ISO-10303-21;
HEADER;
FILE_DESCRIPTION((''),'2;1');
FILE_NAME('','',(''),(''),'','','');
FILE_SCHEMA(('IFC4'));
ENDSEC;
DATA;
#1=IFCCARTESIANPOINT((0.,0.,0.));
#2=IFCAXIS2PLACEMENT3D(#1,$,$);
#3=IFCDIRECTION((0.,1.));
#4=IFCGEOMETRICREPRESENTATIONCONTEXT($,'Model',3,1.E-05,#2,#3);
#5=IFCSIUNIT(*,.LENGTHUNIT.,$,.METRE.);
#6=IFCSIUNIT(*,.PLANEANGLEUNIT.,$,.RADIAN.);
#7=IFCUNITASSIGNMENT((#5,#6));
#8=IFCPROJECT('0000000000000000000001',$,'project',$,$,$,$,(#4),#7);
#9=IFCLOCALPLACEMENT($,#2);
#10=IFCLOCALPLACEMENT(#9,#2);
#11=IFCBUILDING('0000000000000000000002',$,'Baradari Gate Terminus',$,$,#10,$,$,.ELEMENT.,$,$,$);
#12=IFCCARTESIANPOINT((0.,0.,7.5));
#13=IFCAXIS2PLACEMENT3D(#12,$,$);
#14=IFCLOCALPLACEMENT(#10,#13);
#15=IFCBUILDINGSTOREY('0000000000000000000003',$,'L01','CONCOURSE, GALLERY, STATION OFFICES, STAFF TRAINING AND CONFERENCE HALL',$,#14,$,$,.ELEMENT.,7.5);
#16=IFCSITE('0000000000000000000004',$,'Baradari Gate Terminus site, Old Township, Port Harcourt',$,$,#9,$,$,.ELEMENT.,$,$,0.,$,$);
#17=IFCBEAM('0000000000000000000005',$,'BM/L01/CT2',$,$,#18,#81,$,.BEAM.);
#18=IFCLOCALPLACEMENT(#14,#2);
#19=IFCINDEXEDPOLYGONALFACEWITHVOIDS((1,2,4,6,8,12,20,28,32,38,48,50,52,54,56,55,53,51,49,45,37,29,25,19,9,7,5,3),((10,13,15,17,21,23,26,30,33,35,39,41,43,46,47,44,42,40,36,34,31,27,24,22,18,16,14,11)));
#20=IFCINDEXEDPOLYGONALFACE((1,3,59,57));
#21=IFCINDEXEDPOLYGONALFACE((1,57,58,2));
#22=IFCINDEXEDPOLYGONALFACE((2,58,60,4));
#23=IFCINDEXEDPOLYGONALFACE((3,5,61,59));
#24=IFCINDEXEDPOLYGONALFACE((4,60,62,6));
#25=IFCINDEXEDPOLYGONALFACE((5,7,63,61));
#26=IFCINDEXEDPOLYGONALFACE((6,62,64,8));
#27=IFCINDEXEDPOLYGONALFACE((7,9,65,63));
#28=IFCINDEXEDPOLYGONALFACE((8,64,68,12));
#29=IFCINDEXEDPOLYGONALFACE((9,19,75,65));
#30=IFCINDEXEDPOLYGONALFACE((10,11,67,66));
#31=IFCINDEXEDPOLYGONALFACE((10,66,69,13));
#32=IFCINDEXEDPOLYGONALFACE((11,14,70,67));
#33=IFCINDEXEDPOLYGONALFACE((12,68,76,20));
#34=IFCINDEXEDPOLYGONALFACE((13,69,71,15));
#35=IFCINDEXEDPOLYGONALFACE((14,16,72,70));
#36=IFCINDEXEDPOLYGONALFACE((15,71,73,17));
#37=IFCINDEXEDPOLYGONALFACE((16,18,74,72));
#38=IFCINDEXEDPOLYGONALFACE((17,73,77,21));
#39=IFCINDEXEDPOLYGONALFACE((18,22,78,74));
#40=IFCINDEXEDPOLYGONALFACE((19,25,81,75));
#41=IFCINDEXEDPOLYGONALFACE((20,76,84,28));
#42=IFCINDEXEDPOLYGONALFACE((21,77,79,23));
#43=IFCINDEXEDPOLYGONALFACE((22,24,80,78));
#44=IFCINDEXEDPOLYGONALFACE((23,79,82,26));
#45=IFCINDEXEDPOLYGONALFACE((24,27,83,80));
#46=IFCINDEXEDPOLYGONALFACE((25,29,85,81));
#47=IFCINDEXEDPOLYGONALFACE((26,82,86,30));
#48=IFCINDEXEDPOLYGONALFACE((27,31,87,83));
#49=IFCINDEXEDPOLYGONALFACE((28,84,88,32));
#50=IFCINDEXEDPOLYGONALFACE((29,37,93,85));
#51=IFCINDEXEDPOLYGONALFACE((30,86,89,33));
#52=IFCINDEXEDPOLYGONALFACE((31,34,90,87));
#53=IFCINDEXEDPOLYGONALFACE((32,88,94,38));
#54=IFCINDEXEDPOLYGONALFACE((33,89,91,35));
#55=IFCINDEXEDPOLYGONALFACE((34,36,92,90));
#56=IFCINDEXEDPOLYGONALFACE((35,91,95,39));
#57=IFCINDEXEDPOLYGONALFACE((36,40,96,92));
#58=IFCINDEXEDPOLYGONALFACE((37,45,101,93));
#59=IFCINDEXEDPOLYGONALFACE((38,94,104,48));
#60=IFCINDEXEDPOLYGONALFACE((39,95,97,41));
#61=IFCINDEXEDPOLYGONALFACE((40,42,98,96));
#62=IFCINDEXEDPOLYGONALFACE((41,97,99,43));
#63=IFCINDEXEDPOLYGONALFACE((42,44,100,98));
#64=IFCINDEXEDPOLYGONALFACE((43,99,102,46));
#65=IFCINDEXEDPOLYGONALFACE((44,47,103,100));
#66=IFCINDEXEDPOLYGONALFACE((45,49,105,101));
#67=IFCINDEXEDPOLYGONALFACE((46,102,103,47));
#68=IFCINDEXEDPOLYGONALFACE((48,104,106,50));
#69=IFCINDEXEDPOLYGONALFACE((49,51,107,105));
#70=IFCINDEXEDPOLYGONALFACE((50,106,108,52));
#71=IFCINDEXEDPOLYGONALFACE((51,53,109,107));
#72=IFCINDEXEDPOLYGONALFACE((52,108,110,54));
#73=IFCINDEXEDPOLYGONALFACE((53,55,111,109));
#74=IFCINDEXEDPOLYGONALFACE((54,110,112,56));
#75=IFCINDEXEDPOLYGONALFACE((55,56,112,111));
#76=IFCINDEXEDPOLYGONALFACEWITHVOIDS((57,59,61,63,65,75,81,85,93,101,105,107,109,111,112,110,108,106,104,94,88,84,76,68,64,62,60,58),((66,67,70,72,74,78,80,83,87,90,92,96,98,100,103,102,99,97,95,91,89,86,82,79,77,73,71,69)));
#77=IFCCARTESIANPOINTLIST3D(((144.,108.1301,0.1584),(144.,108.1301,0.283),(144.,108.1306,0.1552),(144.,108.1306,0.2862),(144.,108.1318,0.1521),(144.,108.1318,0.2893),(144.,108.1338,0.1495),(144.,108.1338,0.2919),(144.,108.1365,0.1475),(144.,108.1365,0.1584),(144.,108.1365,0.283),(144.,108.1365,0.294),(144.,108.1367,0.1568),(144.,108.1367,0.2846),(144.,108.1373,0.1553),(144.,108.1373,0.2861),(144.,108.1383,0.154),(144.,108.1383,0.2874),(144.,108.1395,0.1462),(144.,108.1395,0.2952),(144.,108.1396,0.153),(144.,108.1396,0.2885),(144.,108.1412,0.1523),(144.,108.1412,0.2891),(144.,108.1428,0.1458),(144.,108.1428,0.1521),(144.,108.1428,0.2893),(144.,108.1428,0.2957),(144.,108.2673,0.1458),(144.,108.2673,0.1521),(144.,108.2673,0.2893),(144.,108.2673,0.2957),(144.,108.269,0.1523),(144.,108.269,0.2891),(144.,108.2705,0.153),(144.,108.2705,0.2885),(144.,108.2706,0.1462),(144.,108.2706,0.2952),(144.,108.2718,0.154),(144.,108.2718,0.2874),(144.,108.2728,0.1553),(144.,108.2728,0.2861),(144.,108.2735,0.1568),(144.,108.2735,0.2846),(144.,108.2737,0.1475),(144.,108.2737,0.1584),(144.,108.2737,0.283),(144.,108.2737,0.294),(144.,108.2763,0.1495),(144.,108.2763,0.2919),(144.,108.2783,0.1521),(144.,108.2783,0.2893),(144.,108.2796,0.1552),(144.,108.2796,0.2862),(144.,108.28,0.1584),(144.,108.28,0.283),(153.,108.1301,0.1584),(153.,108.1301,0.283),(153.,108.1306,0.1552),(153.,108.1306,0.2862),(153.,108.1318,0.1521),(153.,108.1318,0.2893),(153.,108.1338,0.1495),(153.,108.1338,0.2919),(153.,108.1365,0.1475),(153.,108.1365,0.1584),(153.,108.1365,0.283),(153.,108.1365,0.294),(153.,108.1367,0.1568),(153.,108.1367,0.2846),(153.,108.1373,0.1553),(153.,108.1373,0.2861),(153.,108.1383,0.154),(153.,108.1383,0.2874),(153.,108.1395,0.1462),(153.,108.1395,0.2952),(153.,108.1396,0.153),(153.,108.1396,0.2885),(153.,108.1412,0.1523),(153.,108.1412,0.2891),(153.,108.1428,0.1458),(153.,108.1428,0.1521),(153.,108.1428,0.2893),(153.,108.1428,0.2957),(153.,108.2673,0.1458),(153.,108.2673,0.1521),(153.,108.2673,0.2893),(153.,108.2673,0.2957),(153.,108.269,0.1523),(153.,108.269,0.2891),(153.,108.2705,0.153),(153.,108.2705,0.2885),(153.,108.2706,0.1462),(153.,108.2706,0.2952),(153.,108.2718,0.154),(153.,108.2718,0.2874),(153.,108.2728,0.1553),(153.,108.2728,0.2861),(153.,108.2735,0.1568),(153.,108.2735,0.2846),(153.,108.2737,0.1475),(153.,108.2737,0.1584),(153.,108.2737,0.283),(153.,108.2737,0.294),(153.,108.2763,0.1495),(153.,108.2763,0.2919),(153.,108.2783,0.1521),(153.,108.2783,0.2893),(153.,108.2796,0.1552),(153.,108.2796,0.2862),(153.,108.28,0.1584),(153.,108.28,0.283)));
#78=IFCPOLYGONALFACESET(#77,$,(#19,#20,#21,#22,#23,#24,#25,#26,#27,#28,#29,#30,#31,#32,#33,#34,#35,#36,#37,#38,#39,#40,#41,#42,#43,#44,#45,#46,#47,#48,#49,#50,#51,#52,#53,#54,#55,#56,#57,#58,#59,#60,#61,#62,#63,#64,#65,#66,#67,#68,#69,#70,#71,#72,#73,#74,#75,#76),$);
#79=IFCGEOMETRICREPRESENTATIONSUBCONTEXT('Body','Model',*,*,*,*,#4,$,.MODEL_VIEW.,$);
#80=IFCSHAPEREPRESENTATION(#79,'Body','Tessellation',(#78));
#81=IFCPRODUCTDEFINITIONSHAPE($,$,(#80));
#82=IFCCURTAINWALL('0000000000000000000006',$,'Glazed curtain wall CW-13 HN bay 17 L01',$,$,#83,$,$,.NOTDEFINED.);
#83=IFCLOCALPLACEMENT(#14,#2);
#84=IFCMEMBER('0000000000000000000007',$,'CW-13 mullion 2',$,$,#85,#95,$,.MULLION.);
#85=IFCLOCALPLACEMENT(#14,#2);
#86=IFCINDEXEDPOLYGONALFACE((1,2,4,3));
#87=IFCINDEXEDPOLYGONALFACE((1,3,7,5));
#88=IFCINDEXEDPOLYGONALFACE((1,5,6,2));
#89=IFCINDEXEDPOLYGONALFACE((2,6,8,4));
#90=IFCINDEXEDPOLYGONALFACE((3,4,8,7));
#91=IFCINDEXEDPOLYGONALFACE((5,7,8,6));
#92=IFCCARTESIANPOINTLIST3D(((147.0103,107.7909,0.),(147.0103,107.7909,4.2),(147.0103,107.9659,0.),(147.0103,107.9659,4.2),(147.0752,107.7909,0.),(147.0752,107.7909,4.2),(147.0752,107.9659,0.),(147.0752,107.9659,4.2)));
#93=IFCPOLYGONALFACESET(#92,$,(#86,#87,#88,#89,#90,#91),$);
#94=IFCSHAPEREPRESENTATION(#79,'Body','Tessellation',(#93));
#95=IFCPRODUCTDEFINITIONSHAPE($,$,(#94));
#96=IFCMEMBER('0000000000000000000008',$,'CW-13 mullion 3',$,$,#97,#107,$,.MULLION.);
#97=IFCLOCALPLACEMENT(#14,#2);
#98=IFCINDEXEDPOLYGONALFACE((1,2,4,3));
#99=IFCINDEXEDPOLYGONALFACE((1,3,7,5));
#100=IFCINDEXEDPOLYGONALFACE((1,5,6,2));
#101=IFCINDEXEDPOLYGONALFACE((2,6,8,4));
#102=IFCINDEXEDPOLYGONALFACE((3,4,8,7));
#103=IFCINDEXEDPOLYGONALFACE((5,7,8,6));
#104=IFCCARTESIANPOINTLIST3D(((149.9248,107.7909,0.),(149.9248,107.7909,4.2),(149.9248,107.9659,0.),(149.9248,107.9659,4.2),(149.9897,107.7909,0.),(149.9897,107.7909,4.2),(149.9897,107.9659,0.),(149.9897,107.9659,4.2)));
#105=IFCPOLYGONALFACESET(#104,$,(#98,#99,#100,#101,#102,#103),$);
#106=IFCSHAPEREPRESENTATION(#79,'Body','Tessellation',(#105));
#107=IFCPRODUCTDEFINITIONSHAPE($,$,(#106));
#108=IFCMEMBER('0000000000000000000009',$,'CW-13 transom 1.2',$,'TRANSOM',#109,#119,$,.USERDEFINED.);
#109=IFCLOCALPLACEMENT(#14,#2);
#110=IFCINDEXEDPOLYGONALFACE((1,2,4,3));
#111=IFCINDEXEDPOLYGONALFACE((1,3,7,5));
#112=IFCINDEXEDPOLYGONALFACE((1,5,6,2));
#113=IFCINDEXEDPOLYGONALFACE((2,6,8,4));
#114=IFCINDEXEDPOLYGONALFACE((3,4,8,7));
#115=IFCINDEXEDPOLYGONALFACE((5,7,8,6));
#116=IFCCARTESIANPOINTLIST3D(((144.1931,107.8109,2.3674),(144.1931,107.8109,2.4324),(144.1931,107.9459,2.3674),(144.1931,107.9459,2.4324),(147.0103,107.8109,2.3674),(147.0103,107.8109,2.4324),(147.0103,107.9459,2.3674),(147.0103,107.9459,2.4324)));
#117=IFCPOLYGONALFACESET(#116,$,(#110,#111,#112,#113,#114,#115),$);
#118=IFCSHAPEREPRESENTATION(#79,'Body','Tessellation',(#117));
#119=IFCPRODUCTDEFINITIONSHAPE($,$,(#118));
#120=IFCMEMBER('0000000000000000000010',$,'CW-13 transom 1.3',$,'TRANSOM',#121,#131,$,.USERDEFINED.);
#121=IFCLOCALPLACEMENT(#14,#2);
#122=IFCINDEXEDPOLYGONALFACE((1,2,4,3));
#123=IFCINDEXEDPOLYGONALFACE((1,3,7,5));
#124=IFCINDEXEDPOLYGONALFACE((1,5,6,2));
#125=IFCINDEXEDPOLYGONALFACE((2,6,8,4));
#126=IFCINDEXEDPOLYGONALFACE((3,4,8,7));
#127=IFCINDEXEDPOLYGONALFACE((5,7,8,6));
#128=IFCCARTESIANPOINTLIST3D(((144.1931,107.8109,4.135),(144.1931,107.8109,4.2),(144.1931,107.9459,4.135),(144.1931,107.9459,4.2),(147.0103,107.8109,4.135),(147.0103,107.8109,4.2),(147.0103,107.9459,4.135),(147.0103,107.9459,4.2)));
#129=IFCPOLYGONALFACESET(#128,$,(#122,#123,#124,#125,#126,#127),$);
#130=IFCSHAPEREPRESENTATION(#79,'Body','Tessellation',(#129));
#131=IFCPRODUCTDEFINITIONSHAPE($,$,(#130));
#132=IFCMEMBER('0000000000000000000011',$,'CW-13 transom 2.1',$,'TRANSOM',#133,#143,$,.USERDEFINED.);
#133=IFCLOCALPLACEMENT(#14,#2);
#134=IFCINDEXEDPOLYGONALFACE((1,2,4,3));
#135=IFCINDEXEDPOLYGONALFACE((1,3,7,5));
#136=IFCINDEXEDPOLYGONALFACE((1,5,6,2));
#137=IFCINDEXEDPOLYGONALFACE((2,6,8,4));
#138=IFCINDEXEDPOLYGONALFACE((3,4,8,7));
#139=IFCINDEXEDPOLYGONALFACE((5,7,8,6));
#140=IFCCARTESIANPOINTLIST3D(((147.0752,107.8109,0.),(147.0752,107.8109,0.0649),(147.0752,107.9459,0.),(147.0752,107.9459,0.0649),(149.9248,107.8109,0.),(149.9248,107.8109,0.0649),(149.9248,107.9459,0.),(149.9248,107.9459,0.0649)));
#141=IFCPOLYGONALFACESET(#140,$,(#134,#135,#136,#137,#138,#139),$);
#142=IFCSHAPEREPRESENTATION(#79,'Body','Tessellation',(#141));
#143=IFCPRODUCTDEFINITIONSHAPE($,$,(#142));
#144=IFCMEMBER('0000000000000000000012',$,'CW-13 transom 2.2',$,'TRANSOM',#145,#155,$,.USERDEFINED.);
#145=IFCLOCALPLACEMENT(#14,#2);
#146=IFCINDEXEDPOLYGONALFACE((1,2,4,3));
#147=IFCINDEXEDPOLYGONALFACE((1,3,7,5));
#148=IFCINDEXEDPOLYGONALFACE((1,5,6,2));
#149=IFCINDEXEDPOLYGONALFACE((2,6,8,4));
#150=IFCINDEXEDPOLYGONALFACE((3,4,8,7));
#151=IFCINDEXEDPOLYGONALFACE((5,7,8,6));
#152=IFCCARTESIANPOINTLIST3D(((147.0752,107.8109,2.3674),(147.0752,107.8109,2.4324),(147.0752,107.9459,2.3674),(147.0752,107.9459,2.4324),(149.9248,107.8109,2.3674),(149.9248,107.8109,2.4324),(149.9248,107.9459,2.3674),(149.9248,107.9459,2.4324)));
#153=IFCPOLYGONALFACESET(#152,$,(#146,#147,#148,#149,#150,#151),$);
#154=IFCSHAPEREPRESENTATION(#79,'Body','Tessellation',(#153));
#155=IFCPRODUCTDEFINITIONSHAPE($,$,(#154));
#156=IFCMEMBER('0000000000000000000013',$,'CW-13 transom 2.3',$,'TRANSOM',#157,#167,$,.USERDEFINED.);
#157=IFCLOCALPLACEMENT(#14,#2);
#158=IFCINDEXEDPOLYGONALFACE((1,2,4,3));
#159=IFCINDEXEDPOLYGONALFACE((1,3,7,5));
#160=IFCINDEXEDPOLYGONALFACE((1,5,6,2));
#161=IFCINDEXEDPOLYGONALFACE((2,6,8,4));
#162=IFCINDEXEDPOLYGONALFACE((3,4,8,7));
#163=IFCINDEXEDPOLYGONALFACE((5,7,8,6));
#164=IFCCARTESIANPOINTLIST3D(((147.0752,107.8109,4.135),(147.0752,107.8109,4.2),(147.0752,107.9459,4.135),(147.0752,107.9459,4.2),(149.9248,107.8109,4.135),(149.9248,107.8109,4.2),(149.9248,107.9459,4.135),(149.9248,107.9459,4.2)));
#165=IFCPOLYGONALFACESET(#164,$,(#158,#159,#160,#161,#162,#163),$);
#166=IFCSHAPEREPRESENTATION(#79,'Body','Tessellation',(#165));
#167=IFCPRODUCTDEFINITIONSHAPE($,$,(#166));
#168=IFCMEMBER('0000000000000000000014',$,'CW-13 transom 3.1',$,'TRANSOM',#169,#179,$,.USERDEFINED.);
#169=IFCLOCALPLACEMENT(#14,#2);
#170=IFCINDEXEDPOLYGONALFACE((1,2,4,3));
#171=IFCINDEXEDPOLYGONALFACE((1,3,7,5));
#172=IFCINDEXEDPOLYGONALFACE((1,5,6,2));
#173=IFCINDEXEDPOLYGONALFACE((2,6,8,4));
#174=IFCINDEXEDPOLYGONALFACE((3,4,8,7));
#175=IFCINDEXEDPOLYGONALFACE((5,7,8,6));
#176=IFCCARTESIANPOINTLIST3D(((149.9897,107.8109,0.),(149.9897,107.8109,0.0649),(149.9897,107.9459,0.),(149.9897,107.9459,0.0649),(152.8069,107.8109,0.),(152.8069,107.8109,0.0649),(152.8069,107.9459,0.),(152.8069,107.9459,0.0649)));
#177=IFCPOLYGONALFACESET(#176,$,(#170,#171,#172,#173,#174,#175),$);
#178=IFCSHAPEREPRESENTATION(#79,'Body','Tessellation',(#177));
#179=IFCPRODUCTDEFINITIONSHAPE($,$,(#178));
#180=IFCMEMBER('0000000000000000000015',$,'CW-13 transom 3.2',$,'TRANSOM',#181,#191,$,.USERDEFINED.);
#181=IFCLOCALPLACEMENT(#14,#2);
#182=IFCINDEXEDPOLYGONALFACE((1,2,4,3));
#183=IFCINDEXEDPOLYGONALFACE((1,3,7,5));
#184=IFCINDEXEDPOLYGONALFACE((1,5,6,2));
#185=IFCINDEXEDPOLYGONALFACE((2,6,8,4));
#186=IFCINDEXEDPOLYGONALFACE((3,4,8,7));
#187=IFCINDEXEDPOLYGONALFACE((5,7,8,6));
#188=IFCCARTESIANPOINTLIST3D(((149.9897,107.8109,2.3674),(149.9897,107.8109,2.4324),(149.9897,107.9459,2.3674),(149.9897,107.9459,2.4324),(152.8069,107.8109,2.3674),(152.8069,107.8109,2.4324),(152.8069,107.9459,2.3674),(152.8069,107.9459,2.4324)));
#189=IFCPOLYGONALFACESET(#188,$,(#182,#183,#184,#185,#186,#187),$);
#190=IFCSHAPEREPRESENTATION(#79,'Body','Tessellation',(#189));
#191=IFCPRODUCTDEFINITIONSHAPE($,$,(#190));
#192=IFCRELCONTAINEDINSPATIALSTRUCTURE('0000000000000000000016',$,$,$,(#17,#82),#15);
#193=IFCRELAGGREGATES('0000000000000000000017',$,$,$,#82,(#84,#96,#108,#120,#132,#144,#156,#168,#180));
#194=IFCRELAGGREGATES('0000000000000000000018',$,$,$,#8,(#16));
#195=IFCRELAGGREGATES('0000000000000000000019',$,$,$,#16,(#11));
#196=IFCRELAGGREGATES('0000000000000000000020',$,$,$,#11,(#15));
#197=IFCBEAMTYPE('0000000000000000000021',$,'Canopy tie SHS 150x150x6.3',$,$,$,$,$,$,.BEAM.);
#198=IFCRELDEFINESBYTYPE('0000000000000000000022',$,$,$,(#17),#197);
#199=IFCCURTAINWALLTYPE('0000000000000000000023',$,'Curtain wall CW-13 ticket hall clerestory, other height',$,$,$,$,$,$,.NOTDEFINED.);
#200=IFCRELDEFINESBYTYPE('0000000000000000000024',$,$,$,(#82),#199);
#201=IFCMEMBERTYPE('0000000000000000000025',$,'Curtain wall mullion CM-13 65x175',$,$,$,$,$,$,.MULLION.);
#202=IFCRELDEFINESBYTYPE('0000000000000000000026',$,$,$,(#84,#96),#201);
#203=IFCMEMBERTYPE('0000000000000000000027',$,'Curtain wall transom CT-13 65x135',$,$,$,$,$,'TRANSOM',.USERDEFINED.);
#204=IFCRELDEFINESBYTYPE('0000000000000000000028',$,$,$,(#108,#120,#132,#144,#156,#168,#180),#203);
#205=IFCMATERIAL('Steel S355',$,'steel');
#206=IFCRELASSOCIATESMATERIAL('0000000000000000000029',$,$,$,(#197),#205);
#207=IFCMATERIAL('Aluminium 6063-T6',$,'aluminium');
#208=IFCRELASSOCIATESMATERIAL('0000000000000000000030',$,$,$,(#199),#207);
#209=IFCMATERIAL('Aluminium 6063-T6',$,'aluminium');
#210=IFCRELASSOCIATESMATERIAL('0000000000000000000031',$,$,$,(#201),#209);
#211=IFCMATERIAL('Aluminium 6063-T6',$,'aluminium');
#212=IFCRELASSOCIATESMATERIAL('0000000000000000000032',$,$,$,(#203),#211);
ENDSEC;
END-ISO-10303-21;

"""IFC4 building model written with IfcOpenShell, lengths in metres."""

from ifc_helpers import new_model, si_unit, direction, frame, origin, origin_2d, place, context, subcontext, project, spatial, rectangle, hollow_rectangle, extrude, material, material_profile, profile_set, type_object, element, aggregate, save


model = new_model("IFC4")

# Units and contexts
model_context = context("Model", 3, precision=1e-05, world=origin(), true_north=direction((0.0, 1.0)))
body_context = subcontext(model_context, "Body", "Model", "MODEL_VIEW")
ifc_project = project(units=[si_unit("LENGTHUNIT", "METRE"), si_unit("PLANEANGLEUNIT", "RADIAN")], contexts=[model_context])

# Site, building, storey
site_placement = place(None, origin())
site = spatial("IfcSite", under=ifc_project, at=site_placement, Name="Baradari Gate Terminus site, Old Township, Port Harcourt", CompositionType="ELEMENT", RefElevation=0.0)
building_placement = place(site_placement, origin())
building = spatial("IfcBuilding", under=site, at=building_placement, Name="Baradari Gate Terminus", CompositionType="ELEMENT")
storey_placement = place(building_placement, frame((0.0, 0.0, 7.5)))
storey = spatial("IfcBuildingStorey", under=building, at=storey_placement, Name="L01", Description="CONCOURSE, GALLERY, STATION OFFICES, STAFF TRAINING AND CONFERENCE HALL", CompositionType="ELEMENT", Elevation=7.5)

# Beam
ifc_material_1 = material(Name="Steel S355", Category="steel")
ifc_material_profile_1 = material_profile(ifc_material_1, hollow_rectangle(XDim=0.1499, YDim=0.1499, WallThickness=0.0063, InnerFilletRadius=0.0063, OuterFilletRadius=0.0127, at=origin_2d()), Name="SHS 150x150x6.3")
ifc_profile_set_1 = profile_set([ifc_material_profile_1], Name="Steel S355")
beam_type_1 = type_object("IfcBeamType", Name="Canopy tie SHS 150x150x6.3", PredefinedType="BEAM", material=ifc_profile_set_1)
beam_1_placement = place(storey_placement, frame((144.0, 108.2051, 0.2207), z_axis=(1.0, 0.0, 0.0), x_axis=(0.0, 1.0, 0.0)))
element("IfcBeam", 1, at=beam_1_placement, inside=storey, type_object=beam_type_1, Name="BM/L01/CT2", PredefinedType="BEAM", context=body_context, shape_type="SweptSolid", body=[
    extrude(hollow_rectangle(XDim=0.1499, YDim=0.1499, WallThickness=0.0063, InnerFilletRadius=0.0063, OuterFilletRadius=0.0127, at=origin_2d()), origin(), (0.0, 0.0, 1.0), 9.0),
])

# Curtain wall, members
ifc_material_2 = material(Name="Aluminium 6063-T6", Category="aluminium")
curtain_wall_type = type_object("IfcCurtainWallType", Name="Curtain wall CW-13 ticket hall clerestory, other height", PredefinedType="NOTDEFINED", material=ifc_material_2)
curtain_wall_placement = place(storey_placement, origin())
curtain_wall = element("IfcCurtainWall", 2, at=curtain_wall_placement, inside=storey, type_object=curtain_wall_type, Name="Glazed curtain wall CW-13 HN bay 17 L01", PredefinedType="NOTDEFINED")
ifc_material_3 = material(Name="Aluminium 6063-T6", Category="aluminium")
ifc_material_profile_2 = material_profile(ifc_material_3, rectangle(XDim=0.175, YDim=0.0649, at=origin_2d()), Name="CM-13 65X175")
ifc_profile_set_2 = profile_set([ifc_material_profile_2], Name="Aluminium 6063-T6")
member_type_1 = type_object("IfcMemberType", Name="Curtain wall mullion CM-13 65x175", PredefinedType="MULLION", material=ifc_profile_set_2)
member_1_placement = place(storey_placement, frame((147.0427, 107.8784, 0.0), z_axis=(0.0, 0.0, 1.0), x_axis=(0.0, 1.0, 0.0)))
member_1 = element("IfcMember", 3, at=member_1_placement, type_object=member_type_1, Name="CW-13 mullion 2", PredefinedType="MULLION", context=body_context, shape_type="SweptSolid", body=[
    extrude(rectangle(XDim=0.175, YDim=0.0649, at=origin_2d()), origin(), (0.0, 0.0, 1.0), 4.2),
])
member_2_placement = place(storey_placement, frame((149.9573, 107.8784, 0.0), z_axis=(0.0, 0.0, 1.0), x_axis=(0.0, 1.0, 0.0)))
member_2 = element("IfcMember", 4, at=member_2_placement, type_object=member_type_1, Name="CW-13 mullion 3", PredefinedType="MULLION", context=body_context, shape_type="SweptSolid", body=[
    extrude(rectangle(XDim=0.175, YDim=0.0649, at=origin_2d()), origin(), (0.0, 0.0, 1.0), 4.2),
])
ifc_material_4 = material(Name="Aluminium 6063-T6", Category="aluminium")
ifc_material_profile_3 = material_profile(ifc_material_4, rectangle(XDim=0.135, YDim=0.0649, at=origin_2d()), Name="CT-13 65X135")
ifc_profile_set_3 = profile_set([ifc_material_profile_3], Name="Aluminium 6063-T6")
member_type_2 = type_object("IfcMemberType", Name="Curtain wall transom CT-13 65x135", ElementType="TRANSOM", PredefinedType="USERDEFINED", material=ifc_profile_set_3)
member_3_placement = place(storey_placement, frame((144.1931, 107.8784, 2.3999), z_axis=(1.0, 0.0, 0.0), x_axis=(0.0, 1.0, 0.0)))
member_3 = element("IfcMember", 5, at=member_3_placement, type_object=member_type_2, Name="CW-13 transom 1.2", ObjectType="TRANSOM", PredefinedType="USERDEFINED", context=body_context, shape_type="SweptSolid", body=[
    extrude(rectangle(XDim=0.135, YDim=0.0649, at=origin_2d()), origin(), (0.0, 0.0, 1.0), 2.8171),
])
member_4_placement = place(storey_placement, frame((144.1931, 107.8784, 4.1675), z_axis=(1.0, 0.0, 0.0), x_axis=(0.0, 1.0, 0.0)))
member_4 = element("IfcMember", 6, at=member_4_placement, type_object=member_type_2, Name="CW-13 transom 1.3", ObjectType="TRANSOM", PredefinedType="USERDEFINED", context=body_context, shape_type="SweptSolid", body=[
    extrude(rectangle(XDim=0.135, YDim=0.0649, at=origin_2d()), origin(), (0.0, 0.0, 1.0), 2.8171),
])
member_5_placement = place(storey_placement, frame((147.0752, 107.8784, 0.0325), z_axis=(1.0, 0.0, 0.0), x_axis=(0.0, 1.0, 0.0)))
member_5 = element("IfcMember", 7, at=member_5_placement, type_object=member_type_2, Name="CW-13 transom 2.1", ObjectType="TRANSOM", PredefinedType="USERDEFINED", context=body_context, shape_type="SweptSolid", body=[
    extrude(rectangle(XDim=0.135, YDim=0.0649, at=origin_2d()), origin(), (0.0, 0.0, 1.0), 2.8496),
])
member_6_placement = place(storey_placement, frame((147.0752, 107.8784, 2.3999), z_axis=(1.0, 0.0, 0.0), x_axis=(0.0, 1.0, 0.0)))
member_6 = element("IfcMember", 8, at=member_6_placement, type_object=member_type_2, Name="CW-13 transom 2.2", ObjectType="TRANSOM", PredefinedType="USERDEFINED", context=body_context, shape_type="SweptSolid", body=[
    extrude(rectangle(XDim=0.135, YDim=0.0649, at=origin_2d()), origin(), (0.0, 0.0, 1.0), 2.8496),
])
member_7_placement = place(storey_placement, frame((147.0752, 107.8784, 4.1675), z_axis=(1.0, 0.0, 0.0), x_axis=(0.0, 1.0, 0.0)))
member_7 = element("IfcMember", 9, at=member_7_placement, type_object=member_type_2, Name="CW-13 transom 2.3", ObjectType="TRANSOM", PredefinedType="USERDEFINED", context=body_context, shape_type="SweptSolid", body=[
    extrude(rectangle(XDim=0.135, YDim=0.0649, at=origin_2d()), origin(), (0.0, 0.0, 1.0), 2.8496),
])
member_8_placement = place(storey_placement, frame((149.9897, 107.8784, 0.0325), z_axis=(1.0, 0.0, 0.0), x_axis=(0.0, 1.0, 0.0)))
member_8 = element("IfcMember", 10, at=member_8_placement, type_object=member_type_2, Name="CW-13 transom 3.1", ObjectType="TRANSOM", PredefinedType="USERDEFINED", context=body_context, shape_type="SweptSolid", body=[
    extrude(rectangle(XDim=0.135, YDim=0.0649, at=origin_2d()), origin(), (0.0, 0.0, 1.0), 2.8171),
])
member_9_placement = place(storey_placement, frame((149.9897, 107.8784, 2.3999), z_axis=(1.0, 0.0, 0.0), x_axis=(0.0, 1.0, 0.0)))
member_9 = element("IfcMember", 11, at=member_9_placement, type_object=member_type_2, Name="CW-13 transom 3.2", ObjectType="TRANSOM", PredefinedType="USERDEFINED", context=body_context, shape_type="SweptSolid", body=[
    extrude(rectangle(XDim=0.135, YDim=0.0649, at=origin_2d()), origin(), (0.0, 0.0, 1.0), 2.8171),
])
aggregate(curtain_wall, [member_1, member_2, member_3, member_4, member_5, member_6, member_7, member_8, member_9])

save(model, "model.ifc")
